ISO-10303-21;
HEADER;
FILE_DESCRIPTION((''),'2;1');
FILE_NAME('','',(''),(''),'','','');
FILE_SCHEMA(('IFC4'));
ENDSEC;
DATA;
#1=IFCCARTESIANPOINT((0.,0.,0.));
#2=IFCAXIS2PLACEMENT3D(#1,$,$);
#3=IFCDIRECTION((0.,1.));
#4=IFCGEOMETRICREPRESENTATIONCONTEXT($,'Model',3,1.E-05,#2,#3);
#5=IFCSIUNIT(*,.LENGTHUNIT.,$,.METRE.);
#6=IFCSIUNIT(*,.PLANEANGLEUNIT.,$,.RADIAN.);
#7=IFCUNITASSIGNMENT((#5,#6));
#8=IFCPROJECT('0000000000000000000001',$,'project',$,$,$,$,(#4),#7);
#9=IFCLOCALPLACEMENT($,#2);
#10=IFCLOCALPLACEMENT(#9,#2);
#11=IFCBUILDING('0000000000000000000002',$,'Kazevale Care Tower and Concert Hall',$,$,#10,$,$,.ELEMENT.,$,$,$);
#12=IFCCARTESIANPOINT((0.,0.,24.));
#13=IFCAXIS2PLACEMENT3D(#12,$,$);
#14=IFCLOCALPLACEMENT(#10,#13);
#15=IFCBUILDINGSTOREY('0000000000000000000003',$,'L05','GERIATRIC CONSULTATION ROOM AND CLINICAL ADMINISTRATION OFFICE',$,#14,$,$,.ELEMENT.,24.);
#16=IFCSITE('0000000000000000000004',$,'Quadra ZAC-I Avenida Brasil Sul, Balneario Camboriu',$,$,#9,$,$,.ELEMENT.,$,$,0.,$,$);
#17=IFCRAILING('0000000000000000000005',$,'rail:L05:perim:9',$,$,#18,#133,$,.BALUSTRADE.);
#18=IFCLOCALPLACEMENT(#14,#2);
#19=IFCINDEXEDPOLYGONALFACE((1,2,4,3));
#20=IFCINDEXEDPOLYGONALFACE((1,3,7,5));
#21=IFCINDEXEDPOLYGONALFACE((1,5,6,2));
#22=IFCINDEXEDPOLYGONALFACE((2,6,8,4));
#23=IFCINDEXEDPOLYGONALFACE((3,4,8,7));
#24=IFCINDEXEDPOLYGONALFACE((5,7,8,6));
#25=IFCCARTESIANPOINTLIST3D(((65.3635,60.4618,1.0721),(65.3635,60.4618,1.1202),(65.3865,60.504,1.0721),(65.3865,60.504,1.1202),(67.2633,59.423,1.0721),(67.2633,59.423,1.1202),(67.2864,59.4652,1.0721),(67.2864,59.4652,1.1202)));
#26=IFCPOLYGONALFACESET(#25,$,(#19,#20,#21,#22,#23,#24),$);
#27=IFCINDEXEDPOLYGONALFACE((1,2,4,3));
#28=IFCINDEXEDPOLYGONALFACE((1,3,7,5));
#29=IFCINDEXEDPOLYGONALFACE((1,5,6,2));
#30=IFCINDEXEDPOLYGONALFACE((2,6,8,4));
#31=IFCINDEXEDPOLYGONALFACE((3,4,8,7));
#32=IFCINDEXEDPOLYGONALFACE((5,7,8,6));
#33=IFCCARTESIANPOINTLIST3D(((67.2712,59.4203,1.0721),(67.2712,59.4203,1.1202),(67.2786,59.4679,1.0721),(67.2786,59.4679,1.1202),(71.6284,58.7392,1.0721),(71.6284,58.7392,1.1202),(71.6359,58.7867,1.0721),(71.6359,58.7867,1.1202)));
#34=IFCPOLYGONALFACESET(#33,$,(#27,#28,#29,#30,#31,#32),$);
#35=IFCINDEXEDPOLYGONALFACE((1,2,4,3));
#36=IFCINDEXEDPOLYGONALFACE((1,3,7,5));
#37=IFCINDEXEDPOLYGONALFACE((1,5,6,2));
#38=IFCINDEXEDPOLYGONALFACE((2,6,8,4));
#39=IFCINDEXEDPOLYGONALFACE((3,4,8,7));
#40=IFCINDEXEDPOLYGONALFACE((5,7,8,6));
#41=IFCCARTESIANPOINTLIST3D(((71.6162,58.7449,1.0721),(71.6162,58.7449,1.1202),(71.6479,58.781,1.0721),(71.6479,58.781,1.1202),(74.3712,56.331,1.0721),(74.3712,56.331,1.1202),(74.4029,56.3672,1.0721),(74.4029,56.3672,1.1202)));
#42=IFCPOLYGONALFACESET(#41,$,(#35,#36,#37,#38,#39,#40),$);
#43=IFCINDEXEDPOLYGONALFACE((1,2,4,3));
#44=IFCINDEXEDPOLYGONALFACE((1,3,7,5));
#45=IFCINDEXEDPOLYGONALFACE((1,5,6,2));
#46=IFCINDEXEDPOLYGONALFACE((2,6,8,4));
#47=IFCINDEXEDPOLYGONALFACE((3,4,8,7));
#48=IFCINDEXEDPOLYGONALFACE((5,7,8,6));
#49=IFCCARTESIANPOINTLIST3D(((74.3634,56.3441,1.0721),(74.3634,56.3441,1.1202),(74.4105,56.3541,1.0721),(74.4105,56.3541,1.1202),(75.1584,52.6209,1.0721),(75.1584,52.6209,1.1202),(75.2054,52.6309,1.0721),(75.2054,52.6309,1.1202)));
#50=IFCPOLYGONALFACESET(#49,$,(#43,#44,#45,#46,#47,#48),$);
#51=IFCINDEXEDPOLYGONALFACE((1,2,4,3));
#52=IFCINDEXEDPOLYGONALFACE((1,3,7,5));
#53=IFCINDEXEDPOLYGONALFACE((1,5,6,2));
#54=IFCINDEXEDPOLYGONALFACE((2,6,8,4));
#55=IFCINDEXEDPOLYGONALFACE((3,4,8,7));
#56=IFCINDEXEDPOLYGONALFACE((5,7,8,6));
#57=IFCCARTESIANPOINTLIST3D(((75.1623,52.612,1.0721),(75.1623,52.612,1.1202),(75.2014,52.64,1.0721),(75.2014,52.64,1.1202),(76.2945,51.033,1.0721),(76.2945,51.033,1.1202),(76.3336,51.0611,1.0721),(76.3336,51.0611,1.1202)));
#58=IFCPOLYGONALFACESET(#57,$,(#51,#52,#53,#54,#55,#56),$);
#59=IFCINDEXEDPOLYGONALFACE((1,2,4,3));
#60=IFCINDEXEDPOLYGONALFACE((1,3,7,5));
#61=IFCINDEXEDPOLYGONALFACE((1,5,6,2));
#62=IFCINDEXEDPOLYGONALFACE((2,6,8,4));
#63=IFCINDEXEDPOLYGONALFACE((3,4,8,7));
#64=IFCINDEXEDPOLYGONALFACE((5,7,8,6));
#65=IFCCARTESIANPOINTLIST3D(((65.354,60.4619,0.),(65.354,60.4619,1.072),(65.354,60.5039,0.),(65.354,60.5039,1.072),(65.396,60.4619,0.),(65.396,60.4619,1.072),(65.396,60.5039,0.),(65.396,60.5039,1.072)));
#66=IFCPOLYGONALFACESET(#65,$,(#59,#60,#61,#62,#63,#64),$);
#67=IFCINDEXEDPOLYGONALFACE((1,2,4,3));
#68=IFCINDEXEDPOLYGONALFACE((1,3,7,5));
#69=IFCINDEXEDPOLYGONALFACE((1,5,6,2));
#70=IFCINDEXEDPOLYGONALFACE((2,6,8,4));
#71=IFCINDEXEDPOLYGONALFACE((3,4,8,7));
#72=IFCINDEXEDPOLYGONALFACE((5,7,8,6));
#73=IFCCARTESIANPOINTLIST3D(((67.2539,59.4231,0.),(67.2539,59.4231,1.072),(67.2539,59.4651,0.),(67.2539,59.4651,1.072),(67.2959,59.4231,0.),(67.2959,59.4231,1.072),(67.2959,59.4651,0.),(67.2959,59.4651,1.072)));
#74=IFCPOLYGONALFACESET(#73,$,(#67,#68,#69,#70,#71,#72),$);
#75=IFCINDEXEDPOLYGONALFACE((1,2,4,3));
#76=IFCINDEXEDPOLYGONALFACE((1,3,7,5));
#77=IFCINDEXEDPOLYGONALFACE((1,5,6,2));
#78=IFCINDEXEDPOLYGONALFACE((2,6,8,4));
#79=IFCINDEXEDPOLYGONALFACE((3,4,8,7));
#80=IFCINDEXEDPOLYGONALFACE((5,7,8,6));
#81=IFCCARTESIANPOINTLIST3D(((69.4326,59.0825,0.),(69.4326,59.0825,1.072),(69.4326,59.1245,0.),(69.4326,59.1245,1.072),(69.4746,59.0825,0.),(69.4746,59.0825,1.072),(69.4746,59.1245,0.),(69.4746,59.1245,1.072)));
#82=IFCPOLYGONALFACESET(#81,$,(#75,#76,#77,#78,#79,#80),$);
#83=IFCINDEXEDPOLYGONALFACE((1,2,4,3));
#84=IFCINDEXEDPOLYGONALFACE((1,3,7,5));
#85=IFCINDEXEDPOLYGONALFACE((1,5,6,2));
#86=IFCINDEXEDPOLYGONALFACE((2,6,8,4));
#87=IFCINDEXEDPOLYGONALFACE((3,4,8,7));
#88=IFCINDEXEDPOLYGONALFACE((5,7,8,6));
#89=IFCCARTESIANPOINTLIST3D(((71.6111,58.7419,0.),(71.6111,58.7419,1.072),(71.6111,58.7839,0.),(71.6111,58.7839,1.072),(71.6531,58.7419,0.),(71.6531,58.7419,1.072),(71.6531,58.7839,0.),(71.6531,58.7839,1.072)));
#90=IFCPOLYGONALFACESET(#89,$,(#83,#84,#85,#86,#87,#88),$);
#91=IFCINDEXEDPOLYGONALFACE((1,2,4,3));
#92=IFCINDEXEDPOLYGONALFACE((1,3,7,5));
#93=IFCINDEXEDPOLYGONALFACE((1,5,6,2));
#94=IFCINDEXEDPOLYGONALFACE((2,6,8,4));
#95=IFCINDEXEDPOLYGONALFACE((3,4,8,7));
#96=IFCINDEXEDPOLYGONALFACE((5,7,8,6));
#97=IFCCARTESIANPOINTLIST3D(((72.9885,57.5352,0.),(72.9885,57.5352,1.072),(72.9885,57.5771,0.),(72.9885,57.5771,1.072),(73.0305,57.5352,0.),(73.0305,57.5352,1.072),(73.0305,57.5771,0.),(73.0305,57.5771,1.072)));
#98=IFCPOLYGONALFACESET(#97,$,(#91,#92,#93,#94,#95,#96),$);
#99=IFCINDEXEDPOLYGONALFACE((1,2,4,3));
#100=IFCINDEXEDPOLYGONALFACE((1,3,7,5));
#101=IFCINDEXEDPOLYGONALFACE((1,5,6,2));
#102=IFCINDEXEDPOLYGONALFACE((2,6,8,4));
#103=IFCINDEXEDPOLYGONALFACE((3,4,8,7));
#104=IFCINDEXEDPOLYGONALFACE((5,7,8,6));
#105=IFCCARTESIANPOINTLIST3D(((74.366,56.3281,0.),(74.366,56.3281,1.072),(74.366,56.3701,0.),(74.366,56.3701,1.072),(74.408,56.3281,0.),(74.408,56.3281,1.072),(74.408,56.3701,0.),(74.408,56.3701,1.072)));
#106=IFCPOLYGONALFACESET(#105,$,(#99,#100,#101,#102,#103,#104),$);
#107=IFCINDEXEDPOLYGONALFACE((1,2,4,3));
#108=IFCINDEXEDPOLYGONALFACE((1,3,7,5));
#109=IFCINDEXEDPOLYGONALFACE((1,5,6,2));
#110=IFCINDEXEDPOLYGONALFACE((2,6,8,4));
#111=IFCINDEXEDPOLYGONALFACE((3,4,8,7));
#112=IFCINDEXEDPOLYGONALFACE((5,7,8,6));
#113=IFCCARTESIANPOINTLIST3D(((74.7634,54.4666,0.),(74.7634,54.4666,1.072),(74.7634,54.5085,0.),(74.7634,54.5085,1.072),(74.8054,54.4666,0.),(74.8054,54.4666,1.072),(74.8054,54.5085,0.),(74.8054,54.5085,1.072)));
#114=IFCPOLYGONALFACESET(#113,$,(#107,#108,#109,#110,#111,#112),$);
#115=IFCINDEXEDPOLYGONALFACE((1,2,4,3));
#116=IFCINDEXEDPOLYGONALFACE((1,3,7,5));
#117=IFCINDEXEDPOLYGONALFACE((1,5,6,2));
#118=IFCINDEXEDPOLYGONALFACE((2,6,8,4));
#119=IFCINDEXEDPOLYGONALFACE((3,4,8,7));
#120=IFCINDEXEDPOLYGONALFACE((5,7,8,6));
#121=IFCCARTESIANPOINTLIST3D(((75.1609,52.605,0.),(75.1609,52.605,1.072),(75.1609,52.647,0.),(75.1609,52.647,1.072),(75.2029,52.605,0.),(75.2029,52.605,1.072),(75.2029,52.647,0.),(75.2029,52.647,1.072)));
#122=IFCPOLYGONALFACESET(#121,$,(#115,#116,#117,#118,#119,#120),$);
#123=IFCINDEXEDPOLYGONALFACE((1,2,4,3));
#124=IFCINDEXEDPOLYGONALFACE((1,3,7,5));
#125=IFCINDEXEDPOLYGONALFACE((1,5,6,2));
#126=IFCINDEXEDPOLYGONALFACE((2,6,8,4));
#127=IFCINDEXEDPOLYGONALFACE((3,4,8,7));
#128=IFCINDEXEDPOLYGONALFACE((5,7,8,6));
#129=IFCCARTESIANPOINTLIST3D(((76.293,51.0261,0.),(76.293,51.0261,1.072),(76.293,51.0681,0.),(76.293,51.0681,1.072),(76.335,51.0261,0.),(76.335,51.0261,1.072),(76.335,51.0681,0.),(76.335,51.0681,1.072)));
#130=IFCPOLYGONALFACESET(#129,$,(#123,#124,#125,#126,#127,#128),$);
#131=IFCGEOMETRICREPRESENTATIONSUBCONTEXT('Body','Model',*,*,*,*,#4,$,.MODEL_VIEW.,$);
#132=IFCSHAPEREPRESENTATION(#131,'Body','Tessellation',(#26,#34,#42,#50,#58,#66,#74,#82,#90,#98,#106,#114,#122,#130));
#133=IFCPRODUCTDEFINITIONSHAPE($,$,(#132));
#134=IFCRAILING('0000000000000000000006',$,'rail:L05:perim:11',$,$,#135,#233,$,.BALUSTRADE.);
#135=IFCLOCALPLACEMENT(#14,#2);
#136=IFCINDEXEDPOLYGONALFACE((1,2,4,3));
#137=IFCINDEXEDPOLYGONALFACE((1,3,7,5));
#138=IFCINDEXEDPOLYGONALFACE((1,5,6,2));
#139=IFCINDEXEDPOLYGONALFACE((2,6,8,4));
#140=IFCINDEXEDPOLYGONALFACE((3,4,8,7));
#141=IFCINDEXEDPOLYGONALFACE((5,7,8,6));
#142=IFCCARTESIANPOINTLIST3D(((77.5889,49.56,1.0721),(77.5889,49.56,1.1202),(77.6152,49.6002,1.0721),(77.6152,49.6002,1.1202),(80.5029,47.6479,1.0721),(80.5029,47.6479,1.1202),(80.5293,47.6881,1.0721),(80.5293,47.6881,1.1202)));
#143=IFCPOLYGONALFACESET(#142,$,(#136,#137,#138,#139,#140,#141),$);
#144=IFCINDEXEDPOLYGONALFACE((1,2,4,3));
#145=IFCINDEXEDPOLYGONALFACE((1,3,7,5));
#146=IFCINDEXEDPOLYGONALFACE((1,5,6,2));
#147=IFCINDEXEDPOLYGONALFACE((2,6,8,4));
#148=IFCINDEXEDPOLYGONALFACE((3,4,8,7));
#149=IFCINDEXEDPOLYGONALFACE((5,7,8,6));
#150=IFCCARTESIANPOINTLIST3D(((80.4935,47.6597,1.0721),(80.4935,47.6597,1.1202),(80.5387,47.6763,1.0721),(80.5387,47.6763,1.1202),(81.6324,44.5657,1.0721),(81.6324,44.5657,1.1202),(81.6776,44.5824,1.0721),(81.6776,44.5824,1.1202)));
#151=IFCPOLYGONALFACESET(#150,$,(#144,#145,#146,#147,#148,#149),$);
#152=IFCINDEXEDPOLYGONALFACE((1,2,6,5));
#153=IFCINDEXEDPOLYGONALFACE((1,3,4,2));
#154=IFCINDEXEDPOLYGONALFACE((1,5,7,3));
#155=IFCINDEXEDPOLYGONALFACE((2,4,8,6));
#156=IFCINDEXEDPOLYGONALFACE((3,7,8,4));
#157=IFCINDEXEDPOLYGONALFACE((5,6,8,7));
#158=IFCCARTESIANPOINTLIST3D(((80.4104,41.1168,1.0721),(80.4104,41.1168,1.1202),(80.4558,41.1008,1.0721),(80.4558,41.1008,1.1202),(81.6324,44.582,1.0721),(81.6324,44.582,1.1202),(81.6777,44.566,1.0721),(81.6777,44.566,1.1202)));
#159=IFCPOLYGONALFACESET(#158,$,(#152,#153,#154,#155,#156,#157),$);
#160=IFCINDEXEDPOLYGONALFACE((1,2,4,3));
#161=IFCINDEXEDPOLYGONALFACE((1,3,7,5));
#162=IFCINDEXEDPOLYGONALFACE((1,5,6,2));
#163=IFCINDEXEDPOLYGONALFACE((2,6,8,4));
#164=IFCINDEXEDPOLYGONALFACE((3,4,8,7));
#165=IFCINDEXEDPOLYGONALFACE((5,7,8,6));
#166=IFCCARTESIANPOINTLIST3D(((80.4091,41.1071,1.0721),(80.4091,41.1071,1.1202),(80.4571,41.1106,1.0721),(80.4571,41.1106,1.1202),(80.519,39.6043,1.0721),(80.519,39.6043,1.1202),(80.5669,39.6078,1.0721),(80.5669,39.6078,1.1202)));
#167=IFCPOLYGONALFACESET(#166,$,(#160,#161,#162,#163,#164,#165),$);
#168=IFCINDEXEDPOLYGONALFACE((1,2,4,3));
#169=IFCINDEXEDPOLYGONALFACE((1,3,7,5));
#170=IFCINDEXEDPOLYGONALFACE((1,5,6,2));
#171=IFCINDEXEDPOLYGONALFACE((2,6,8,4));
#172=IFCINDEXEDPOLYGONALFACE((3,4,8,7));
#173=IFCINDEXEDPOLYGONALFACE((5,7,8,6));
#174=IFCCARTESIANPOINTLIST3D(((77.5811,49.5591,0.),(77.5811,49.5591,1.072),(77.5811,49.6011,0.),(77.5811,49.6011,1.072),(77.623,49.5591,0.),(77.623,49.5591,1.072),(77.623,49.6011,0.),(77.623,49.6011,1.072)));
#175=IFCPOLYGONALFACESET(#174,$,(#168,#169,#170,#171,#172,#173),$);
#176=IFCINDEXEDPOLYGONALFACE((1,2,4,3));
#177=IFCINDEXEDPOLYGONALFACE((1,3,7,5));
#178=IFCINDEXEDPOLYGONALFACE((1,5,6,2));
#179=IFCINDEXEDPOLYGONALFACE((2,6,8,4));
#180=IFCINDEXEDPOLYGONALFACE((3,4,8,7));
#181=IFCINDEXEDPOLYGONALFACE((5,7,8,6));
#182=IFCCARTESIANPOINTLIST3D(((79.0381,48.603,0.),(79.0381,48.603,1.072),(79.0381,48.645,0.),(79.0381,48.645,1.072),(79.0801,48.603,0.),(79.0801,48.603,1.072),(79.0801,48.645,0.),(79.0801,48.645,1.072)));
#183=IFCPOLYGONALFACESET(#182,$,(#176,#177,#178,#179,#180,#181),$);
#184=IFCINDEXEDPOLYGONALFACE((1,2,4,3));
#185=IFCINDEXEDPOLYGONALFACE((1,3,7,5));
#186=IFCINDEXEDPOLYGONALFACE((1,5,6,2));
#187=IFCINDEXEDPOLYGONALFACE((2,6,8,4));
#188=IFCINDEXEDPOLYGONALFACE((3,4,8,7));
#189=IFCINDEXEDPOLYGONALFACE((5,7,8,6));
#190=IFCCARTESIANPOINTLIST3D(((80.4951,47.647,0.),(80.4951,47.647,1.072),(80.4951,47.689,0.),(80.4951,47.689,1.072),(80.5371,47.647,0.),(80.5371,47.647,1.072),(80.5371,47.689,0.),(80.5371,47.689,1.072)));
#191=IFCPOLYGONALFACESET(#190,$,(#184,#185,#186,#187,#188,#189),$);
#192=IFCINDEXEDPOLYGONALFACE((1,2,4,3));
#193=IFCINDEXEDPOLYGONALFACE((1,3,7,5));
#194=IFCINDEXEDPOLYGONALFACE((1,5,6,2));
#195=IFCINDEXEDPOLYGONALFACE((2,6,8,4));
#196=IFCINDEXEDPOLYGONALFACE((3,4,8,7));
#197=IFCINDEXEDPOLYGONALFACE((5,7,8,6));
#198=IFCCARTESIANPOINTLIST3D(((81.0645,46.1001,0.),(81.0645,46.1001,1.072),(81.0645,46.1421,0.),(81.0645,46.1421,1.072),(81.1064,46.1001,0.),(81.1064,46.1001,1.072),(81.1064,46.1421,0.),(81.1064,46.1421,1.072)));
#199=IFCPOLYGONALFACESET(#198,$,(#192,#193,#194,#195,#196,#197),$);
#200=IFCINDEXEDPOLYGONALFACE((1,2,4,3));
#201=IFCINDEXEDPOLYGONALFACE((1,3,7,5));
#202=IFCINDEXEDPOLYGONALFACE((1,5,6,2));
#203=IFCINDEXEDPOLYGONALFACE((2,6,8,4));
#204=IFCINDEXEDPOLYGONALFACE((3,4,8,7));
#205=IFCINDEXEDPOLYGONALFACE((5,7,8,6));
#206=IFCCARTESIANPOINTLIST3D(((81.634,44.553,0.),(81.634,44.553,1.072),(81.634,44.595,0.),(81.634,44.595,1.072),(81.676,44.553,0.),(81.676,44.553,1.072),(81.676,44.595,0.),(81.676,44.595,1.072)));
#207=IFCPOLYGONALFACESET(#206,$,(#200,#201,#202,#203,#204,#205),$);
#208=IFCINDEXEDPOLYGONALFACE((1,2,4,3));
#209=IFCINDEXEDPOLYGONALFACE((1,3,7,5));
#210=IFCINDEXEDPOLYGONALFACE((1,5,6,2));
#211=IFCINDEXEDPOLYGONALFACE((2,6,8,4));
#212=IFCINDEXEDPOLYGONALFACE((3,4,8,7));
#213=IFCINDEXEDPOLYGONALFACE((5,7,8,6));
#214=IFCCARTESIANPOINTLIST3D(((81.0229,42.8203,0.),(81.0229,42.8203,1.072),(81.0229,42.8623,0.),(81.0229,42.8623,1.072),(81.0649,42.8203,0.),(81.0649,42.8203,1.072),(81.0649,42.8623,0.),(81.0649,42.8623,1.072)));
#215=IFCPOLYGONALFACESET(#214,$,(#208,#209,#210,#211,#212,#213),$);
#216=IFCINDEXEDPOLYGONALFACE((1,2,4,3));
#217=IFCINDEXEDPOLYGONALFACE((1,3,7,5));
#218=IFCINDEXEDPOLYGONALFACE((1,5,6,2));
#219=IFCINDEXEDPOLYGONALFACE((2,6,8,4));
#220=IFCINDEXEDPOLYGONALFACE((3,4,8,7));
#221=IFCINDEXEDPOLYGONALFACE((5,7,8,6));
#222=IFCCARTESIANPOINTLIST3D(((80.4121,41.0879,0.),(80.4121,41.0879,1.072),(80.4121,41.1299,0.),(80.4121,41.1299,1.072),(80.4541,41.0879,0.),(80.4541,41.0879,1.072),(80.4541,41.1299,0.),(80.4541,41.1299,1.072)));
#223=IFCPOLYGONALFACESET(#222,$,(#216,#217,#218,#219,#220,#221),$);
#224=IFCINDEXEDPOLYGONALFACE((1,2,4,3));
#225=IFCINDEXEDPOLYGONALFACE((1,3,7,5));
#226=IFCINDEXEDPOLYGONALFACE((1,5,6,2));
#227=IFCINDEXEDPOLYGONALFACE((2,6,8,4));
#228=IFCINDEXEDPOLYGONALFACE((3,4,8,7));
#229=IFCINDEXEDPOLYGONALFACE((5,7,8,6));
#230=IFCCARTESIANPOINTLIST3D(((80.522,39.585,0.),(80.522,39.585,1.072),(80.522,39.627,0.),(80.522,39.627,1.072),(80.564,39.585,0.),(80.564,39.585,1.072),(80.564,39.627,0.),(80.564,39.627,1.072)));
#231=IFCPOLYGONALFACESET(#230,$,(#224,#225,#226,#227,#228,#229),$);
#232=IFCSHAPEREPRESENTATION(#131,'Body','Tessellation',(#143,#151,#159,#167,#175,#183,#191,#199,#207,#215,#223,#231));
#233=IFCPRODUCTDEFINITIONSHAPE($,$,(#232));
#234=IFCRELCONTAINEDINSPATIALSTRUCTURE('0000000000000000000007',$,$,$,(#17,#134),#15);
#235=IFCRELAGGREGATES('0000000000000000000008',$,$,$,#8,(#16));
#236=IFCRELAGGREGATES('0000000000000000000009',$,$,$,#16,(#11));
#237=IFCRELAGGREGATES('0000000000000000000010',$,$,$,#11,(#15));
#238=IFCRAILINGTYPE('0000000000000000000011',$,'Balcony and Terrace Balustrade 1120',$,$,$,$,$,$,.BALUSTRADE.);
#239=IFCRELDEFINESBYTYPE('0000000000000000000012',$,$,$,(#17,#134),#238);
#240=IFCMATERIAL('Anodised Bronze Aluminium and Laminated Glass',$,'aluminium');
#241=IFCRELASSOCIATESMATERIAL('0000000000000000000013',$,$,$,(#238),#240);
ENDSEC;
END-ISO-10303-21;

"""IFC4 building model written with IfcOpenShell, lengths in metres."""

from ifc_helpers import new_model, si_unit, direction, frame, origin, origin_2d, place, context, subcontext, project, spatial, rectangle, extrude, material, type_object, element, save


model = new_model("IFC4")

# Units and contexts
model_context = context("Model", 3, precision=1e-05, world=origin(), true_north=direction((0.0, 1.0)))
body_context = subcontext(model_context, "Body", "Model", "MODEL_VIEW")
ifc_project = project(units=[si_unit("LENGTHUNIT", "METRE"), si_unit("PLANEANGLEUNIT", "RADIAN")], contexts=[model_context])

# Site, building, storey
site_placement = place(None, origin())
site = spatial("IfcSite", under=ifc_project, at=site_placement, Name="Quadra ZAC-I Avenida Brasil Sul, Balneario Camboriu", CompositionType="ELEMENT", RefElevation=0.0)
building_placement = place(site_placement, origin())
building = spatial("IfcBuilding", under=site, at=building_placement, Name="Kazevale Care Tower and Concert Hall", CompositionType="ELEMENT")
storey_placement = place(building_placement, frame((0.0, 0.0, 24.0)))
storey = spatial("IfcBuildingStorey", under=building, at=storey_placement, Name="L05", Description="GERIATRIC CONSULTATION ROOM AND CLINICAL ADMINISTRATION OFFICE", CompositionType="ELEMENT", Elevation=24.0)

# Railings
ifc_material_1 = material(Name="Anodised Bronze Aluminium and Laminated Glass", Category="aluminium")
railing_type = type_object("IfcRailingType", Name="Balcony and Terrace Balustrade 1120", PredefinedType="BALUSTRADE", material=ifc_material_1)
railing_1_placement = place(storey_placement, frame((65.375, 60.4829, 0.0)))
element("IfcRailing", 1, at=railing_1_placement, inside=storey, type_object=railing_type, Name="rail:L05:perim:9", PredefinedType="BALUSTRADE", context=body_context, shape_type="SweptSolid", body=[
    extrude(rectangle(XDim=0.0481, YDim=0.0481, at=origin_2d()), frame((0.0, 0.0, 1.0962), z_axis=(0.877408, -0.479745, 0.0), x_axis=(0.479745, 0.877408, 0.0)), (0.0, 0.0, 1.0), 2.1653),
    extrude(rectangle(XDim=0.0481, YDim=0.0481, at=origin_2d()), frame((1.8999, -1.0388, 1.0962), z_axis=(0.988, -0.154453, 0.0), x_axis=(0.154453, 0.988, 0.0)), (0.0, 0.0, 1.0), 4.4102),
    extrude(rectangle(XDim=0.0481, YDim=0.0481, at=origin_2d()), frame((6.2571, -1.72, 1.0962), z_axis=(0.752131, -0.659014, 0.0), x_axis=(0.659014, 0.752131, 0.0)), (0.0, 0.0, 1.0), 3.6628),
    extrude(rectangle(XDim=0.0481, YDim=0.0481, at=origin_2d()), frame((9.012, -4.1338, 1.0962), z_axis=(0.208802, -0.977958, 0.0), x_axis=(0.977958, 0.208802, 0.0)), (0.0, 0.0, 1.0), 3.8071),
    extrude(rectangle(XDim=0.0481, YDim=0.0481, at=origin_2d()), frame((9.8069, -7.8569, 1.0962), z_axis=(0.582711, -0.812679, 0.0), x_axis=(0.812679, 0.582711, 0.0)), (0.0, 0.0, 1.0), 1.9429),
    extrude(rectangle(XDim=0.042, YDim=0.042, at=origin_2d()), origin(), (0.0, 0.0, 1.0), 1.072),
    extrude(rectangle(XDim=0.042, YDim=0.042, at=origin_2d()), frame((1.8999, -1.0388, 0.0)), (0.0, 0.0, 1.0), 1.072),
    extrude(rectangle(XDim=0.042, YDim=0.042, at=origin_2d()), frame((4.0786, -1.3794, 0.0)), (0.0, 0.0, 1.0), 1.072),
    extrude(rectangle(XDim=0.042, YDim=0.042, at=origin_2d()), frame((6.2571, -1.72, 0.0)), (0.0, 0.0, 1.0), 1.072),
    extrude(rectangle(XDim=0.042, YDim=0.042, at=origin_2d()), frame((7.6345, -2.9268, 0.0)), (0.0, 0.0, 1.0), 1.072),
    extrude(rectangle(XDim=0.042, YDim=0.042, at=origin_2d()), frame((9.012, -4.1338, 0.0)), (0.0, 0.0, 1.0), 1.072),
    extrude(rectangle(XDim=0.042, YDim=0.042, at=origin_2d()), frame((9.4094, -5.9954, 0.0)), (0.0, 0.0, 1.0), 1.072),
    extrude(rectangle(XDim=0.042, YDim=0.042, at=origin_2d()), frame((9.8069, -7.8569, 0.0)), (0.0, 0.0, 1.0), 1.072),
    extrude(rectangle(XDim=0.042, YDim=0.042, at=origin_2d()), frame((10.939, -9.4358, 0.0)), (0.0, 0.0, 1.0), 1.072),
])
railing_2_placement = place(storey_placement, frame((77.6021, 49.5801, 0.0)))
element("IfcRailing", 2, at=railing_2_placement, inside=storey, type_object=railing_type, Name="rail:L05:perim:11", PredefinedType="BALUSTRADE", context=body_context, shape_type="SweptSolid", body=[
    extrude(rectangle(XDim=0.0481, YDim=0.0481, at=origin_2d()), frame((0.0, 0.0, 1.0962), z_axis=(0.83608, -0.548607, 0.0), x_axis=(0.548607, 0.83608, 0.0)), (0.0, 0.0, 1.0), 3.4854),
    extrude(rectangle(XDim=0.0481, YDim=0.0481, at=origin_2d()), frame((2.9141, -1.9121, 1.0962), z_axis=(0.345445, -0.938439, 0.0), x_axis=(0.938439, 0.345445, 0.0)), (0.0, 0.0, 1.0), 3.2969),
    extrude(rectangle(XDim=0.0481, YDim=0.0481, at=origin_2d()), frame((4.053, -5.0061, 1.0962), z_axis=(-0.332566, -0.94308, 0.0), x_axis=(0.94308, -0.332566, 0.0)), (0.0, 0.0, 1.0), 3.6743),
    extrude(rectangle(XDim=0.0481, YDim=0.0481, at=origin_2d()), frame((2.8311, -8.4712, 1.0962), z_axis=(0.072905, -0.997339, 0.0), x_axis=(0.997339, 0.072905, 0.0)), (0.0, 0.0, 1.0), 1.5068),
    extrude(rectangle(XDim=0.042, YDim=0.042, at=origin_2d()), origin(), (0.0, 0.0, 1.0), 1.072),
    extrude(rectangle(XDim=0.042, YDim=0.042, at=origin_2d()), frame((1.457, -0.9561, 0.0)), (0.0, 0.0, 1.0), 1.072),
    extrude(rectangle(XDim=0.042, YDim=0.042, at=origin_2d()), frame((2.9141, -1.9121, 0.0)), (0.0, 0.0, 1.0), 1.072),
    extrude(rectangle(XDim=0.042, YDim=0.042, at=origin_2d()), frame((3.4834, -3.459, 0.0)), (0.0, 0.0, 1.0), 1.072),
    extrude(rectangle(XDim=0.042, YDim=0.042, at=origin_2d()), frame((4.053, -5.0061, 0.0)), (0.0, 0.0, 1.0), 1.072),
    extrude(rectangle(XDim=0.042, YDim=0.042, at=origin_2d()), frame((3.4419, -6.7388, 0.0)), (0.0, 0.0, 1.0), 1.072),
    extrude(rectangle(XDim=0.042, YDim=0.042, at=origin_2d()), frame((2.8311, -8.4712, 0.0)), (0.0, 0.0, 1.0), 1.072),
    extrude(rectangle(XDim=0.042, YDim=0.042, at=origin_2d()), frame((2.9409, -9.9741, 0.0)), (0.0, 0.0, 1.0), 1.072),
])

save(model, "model.ifc")
